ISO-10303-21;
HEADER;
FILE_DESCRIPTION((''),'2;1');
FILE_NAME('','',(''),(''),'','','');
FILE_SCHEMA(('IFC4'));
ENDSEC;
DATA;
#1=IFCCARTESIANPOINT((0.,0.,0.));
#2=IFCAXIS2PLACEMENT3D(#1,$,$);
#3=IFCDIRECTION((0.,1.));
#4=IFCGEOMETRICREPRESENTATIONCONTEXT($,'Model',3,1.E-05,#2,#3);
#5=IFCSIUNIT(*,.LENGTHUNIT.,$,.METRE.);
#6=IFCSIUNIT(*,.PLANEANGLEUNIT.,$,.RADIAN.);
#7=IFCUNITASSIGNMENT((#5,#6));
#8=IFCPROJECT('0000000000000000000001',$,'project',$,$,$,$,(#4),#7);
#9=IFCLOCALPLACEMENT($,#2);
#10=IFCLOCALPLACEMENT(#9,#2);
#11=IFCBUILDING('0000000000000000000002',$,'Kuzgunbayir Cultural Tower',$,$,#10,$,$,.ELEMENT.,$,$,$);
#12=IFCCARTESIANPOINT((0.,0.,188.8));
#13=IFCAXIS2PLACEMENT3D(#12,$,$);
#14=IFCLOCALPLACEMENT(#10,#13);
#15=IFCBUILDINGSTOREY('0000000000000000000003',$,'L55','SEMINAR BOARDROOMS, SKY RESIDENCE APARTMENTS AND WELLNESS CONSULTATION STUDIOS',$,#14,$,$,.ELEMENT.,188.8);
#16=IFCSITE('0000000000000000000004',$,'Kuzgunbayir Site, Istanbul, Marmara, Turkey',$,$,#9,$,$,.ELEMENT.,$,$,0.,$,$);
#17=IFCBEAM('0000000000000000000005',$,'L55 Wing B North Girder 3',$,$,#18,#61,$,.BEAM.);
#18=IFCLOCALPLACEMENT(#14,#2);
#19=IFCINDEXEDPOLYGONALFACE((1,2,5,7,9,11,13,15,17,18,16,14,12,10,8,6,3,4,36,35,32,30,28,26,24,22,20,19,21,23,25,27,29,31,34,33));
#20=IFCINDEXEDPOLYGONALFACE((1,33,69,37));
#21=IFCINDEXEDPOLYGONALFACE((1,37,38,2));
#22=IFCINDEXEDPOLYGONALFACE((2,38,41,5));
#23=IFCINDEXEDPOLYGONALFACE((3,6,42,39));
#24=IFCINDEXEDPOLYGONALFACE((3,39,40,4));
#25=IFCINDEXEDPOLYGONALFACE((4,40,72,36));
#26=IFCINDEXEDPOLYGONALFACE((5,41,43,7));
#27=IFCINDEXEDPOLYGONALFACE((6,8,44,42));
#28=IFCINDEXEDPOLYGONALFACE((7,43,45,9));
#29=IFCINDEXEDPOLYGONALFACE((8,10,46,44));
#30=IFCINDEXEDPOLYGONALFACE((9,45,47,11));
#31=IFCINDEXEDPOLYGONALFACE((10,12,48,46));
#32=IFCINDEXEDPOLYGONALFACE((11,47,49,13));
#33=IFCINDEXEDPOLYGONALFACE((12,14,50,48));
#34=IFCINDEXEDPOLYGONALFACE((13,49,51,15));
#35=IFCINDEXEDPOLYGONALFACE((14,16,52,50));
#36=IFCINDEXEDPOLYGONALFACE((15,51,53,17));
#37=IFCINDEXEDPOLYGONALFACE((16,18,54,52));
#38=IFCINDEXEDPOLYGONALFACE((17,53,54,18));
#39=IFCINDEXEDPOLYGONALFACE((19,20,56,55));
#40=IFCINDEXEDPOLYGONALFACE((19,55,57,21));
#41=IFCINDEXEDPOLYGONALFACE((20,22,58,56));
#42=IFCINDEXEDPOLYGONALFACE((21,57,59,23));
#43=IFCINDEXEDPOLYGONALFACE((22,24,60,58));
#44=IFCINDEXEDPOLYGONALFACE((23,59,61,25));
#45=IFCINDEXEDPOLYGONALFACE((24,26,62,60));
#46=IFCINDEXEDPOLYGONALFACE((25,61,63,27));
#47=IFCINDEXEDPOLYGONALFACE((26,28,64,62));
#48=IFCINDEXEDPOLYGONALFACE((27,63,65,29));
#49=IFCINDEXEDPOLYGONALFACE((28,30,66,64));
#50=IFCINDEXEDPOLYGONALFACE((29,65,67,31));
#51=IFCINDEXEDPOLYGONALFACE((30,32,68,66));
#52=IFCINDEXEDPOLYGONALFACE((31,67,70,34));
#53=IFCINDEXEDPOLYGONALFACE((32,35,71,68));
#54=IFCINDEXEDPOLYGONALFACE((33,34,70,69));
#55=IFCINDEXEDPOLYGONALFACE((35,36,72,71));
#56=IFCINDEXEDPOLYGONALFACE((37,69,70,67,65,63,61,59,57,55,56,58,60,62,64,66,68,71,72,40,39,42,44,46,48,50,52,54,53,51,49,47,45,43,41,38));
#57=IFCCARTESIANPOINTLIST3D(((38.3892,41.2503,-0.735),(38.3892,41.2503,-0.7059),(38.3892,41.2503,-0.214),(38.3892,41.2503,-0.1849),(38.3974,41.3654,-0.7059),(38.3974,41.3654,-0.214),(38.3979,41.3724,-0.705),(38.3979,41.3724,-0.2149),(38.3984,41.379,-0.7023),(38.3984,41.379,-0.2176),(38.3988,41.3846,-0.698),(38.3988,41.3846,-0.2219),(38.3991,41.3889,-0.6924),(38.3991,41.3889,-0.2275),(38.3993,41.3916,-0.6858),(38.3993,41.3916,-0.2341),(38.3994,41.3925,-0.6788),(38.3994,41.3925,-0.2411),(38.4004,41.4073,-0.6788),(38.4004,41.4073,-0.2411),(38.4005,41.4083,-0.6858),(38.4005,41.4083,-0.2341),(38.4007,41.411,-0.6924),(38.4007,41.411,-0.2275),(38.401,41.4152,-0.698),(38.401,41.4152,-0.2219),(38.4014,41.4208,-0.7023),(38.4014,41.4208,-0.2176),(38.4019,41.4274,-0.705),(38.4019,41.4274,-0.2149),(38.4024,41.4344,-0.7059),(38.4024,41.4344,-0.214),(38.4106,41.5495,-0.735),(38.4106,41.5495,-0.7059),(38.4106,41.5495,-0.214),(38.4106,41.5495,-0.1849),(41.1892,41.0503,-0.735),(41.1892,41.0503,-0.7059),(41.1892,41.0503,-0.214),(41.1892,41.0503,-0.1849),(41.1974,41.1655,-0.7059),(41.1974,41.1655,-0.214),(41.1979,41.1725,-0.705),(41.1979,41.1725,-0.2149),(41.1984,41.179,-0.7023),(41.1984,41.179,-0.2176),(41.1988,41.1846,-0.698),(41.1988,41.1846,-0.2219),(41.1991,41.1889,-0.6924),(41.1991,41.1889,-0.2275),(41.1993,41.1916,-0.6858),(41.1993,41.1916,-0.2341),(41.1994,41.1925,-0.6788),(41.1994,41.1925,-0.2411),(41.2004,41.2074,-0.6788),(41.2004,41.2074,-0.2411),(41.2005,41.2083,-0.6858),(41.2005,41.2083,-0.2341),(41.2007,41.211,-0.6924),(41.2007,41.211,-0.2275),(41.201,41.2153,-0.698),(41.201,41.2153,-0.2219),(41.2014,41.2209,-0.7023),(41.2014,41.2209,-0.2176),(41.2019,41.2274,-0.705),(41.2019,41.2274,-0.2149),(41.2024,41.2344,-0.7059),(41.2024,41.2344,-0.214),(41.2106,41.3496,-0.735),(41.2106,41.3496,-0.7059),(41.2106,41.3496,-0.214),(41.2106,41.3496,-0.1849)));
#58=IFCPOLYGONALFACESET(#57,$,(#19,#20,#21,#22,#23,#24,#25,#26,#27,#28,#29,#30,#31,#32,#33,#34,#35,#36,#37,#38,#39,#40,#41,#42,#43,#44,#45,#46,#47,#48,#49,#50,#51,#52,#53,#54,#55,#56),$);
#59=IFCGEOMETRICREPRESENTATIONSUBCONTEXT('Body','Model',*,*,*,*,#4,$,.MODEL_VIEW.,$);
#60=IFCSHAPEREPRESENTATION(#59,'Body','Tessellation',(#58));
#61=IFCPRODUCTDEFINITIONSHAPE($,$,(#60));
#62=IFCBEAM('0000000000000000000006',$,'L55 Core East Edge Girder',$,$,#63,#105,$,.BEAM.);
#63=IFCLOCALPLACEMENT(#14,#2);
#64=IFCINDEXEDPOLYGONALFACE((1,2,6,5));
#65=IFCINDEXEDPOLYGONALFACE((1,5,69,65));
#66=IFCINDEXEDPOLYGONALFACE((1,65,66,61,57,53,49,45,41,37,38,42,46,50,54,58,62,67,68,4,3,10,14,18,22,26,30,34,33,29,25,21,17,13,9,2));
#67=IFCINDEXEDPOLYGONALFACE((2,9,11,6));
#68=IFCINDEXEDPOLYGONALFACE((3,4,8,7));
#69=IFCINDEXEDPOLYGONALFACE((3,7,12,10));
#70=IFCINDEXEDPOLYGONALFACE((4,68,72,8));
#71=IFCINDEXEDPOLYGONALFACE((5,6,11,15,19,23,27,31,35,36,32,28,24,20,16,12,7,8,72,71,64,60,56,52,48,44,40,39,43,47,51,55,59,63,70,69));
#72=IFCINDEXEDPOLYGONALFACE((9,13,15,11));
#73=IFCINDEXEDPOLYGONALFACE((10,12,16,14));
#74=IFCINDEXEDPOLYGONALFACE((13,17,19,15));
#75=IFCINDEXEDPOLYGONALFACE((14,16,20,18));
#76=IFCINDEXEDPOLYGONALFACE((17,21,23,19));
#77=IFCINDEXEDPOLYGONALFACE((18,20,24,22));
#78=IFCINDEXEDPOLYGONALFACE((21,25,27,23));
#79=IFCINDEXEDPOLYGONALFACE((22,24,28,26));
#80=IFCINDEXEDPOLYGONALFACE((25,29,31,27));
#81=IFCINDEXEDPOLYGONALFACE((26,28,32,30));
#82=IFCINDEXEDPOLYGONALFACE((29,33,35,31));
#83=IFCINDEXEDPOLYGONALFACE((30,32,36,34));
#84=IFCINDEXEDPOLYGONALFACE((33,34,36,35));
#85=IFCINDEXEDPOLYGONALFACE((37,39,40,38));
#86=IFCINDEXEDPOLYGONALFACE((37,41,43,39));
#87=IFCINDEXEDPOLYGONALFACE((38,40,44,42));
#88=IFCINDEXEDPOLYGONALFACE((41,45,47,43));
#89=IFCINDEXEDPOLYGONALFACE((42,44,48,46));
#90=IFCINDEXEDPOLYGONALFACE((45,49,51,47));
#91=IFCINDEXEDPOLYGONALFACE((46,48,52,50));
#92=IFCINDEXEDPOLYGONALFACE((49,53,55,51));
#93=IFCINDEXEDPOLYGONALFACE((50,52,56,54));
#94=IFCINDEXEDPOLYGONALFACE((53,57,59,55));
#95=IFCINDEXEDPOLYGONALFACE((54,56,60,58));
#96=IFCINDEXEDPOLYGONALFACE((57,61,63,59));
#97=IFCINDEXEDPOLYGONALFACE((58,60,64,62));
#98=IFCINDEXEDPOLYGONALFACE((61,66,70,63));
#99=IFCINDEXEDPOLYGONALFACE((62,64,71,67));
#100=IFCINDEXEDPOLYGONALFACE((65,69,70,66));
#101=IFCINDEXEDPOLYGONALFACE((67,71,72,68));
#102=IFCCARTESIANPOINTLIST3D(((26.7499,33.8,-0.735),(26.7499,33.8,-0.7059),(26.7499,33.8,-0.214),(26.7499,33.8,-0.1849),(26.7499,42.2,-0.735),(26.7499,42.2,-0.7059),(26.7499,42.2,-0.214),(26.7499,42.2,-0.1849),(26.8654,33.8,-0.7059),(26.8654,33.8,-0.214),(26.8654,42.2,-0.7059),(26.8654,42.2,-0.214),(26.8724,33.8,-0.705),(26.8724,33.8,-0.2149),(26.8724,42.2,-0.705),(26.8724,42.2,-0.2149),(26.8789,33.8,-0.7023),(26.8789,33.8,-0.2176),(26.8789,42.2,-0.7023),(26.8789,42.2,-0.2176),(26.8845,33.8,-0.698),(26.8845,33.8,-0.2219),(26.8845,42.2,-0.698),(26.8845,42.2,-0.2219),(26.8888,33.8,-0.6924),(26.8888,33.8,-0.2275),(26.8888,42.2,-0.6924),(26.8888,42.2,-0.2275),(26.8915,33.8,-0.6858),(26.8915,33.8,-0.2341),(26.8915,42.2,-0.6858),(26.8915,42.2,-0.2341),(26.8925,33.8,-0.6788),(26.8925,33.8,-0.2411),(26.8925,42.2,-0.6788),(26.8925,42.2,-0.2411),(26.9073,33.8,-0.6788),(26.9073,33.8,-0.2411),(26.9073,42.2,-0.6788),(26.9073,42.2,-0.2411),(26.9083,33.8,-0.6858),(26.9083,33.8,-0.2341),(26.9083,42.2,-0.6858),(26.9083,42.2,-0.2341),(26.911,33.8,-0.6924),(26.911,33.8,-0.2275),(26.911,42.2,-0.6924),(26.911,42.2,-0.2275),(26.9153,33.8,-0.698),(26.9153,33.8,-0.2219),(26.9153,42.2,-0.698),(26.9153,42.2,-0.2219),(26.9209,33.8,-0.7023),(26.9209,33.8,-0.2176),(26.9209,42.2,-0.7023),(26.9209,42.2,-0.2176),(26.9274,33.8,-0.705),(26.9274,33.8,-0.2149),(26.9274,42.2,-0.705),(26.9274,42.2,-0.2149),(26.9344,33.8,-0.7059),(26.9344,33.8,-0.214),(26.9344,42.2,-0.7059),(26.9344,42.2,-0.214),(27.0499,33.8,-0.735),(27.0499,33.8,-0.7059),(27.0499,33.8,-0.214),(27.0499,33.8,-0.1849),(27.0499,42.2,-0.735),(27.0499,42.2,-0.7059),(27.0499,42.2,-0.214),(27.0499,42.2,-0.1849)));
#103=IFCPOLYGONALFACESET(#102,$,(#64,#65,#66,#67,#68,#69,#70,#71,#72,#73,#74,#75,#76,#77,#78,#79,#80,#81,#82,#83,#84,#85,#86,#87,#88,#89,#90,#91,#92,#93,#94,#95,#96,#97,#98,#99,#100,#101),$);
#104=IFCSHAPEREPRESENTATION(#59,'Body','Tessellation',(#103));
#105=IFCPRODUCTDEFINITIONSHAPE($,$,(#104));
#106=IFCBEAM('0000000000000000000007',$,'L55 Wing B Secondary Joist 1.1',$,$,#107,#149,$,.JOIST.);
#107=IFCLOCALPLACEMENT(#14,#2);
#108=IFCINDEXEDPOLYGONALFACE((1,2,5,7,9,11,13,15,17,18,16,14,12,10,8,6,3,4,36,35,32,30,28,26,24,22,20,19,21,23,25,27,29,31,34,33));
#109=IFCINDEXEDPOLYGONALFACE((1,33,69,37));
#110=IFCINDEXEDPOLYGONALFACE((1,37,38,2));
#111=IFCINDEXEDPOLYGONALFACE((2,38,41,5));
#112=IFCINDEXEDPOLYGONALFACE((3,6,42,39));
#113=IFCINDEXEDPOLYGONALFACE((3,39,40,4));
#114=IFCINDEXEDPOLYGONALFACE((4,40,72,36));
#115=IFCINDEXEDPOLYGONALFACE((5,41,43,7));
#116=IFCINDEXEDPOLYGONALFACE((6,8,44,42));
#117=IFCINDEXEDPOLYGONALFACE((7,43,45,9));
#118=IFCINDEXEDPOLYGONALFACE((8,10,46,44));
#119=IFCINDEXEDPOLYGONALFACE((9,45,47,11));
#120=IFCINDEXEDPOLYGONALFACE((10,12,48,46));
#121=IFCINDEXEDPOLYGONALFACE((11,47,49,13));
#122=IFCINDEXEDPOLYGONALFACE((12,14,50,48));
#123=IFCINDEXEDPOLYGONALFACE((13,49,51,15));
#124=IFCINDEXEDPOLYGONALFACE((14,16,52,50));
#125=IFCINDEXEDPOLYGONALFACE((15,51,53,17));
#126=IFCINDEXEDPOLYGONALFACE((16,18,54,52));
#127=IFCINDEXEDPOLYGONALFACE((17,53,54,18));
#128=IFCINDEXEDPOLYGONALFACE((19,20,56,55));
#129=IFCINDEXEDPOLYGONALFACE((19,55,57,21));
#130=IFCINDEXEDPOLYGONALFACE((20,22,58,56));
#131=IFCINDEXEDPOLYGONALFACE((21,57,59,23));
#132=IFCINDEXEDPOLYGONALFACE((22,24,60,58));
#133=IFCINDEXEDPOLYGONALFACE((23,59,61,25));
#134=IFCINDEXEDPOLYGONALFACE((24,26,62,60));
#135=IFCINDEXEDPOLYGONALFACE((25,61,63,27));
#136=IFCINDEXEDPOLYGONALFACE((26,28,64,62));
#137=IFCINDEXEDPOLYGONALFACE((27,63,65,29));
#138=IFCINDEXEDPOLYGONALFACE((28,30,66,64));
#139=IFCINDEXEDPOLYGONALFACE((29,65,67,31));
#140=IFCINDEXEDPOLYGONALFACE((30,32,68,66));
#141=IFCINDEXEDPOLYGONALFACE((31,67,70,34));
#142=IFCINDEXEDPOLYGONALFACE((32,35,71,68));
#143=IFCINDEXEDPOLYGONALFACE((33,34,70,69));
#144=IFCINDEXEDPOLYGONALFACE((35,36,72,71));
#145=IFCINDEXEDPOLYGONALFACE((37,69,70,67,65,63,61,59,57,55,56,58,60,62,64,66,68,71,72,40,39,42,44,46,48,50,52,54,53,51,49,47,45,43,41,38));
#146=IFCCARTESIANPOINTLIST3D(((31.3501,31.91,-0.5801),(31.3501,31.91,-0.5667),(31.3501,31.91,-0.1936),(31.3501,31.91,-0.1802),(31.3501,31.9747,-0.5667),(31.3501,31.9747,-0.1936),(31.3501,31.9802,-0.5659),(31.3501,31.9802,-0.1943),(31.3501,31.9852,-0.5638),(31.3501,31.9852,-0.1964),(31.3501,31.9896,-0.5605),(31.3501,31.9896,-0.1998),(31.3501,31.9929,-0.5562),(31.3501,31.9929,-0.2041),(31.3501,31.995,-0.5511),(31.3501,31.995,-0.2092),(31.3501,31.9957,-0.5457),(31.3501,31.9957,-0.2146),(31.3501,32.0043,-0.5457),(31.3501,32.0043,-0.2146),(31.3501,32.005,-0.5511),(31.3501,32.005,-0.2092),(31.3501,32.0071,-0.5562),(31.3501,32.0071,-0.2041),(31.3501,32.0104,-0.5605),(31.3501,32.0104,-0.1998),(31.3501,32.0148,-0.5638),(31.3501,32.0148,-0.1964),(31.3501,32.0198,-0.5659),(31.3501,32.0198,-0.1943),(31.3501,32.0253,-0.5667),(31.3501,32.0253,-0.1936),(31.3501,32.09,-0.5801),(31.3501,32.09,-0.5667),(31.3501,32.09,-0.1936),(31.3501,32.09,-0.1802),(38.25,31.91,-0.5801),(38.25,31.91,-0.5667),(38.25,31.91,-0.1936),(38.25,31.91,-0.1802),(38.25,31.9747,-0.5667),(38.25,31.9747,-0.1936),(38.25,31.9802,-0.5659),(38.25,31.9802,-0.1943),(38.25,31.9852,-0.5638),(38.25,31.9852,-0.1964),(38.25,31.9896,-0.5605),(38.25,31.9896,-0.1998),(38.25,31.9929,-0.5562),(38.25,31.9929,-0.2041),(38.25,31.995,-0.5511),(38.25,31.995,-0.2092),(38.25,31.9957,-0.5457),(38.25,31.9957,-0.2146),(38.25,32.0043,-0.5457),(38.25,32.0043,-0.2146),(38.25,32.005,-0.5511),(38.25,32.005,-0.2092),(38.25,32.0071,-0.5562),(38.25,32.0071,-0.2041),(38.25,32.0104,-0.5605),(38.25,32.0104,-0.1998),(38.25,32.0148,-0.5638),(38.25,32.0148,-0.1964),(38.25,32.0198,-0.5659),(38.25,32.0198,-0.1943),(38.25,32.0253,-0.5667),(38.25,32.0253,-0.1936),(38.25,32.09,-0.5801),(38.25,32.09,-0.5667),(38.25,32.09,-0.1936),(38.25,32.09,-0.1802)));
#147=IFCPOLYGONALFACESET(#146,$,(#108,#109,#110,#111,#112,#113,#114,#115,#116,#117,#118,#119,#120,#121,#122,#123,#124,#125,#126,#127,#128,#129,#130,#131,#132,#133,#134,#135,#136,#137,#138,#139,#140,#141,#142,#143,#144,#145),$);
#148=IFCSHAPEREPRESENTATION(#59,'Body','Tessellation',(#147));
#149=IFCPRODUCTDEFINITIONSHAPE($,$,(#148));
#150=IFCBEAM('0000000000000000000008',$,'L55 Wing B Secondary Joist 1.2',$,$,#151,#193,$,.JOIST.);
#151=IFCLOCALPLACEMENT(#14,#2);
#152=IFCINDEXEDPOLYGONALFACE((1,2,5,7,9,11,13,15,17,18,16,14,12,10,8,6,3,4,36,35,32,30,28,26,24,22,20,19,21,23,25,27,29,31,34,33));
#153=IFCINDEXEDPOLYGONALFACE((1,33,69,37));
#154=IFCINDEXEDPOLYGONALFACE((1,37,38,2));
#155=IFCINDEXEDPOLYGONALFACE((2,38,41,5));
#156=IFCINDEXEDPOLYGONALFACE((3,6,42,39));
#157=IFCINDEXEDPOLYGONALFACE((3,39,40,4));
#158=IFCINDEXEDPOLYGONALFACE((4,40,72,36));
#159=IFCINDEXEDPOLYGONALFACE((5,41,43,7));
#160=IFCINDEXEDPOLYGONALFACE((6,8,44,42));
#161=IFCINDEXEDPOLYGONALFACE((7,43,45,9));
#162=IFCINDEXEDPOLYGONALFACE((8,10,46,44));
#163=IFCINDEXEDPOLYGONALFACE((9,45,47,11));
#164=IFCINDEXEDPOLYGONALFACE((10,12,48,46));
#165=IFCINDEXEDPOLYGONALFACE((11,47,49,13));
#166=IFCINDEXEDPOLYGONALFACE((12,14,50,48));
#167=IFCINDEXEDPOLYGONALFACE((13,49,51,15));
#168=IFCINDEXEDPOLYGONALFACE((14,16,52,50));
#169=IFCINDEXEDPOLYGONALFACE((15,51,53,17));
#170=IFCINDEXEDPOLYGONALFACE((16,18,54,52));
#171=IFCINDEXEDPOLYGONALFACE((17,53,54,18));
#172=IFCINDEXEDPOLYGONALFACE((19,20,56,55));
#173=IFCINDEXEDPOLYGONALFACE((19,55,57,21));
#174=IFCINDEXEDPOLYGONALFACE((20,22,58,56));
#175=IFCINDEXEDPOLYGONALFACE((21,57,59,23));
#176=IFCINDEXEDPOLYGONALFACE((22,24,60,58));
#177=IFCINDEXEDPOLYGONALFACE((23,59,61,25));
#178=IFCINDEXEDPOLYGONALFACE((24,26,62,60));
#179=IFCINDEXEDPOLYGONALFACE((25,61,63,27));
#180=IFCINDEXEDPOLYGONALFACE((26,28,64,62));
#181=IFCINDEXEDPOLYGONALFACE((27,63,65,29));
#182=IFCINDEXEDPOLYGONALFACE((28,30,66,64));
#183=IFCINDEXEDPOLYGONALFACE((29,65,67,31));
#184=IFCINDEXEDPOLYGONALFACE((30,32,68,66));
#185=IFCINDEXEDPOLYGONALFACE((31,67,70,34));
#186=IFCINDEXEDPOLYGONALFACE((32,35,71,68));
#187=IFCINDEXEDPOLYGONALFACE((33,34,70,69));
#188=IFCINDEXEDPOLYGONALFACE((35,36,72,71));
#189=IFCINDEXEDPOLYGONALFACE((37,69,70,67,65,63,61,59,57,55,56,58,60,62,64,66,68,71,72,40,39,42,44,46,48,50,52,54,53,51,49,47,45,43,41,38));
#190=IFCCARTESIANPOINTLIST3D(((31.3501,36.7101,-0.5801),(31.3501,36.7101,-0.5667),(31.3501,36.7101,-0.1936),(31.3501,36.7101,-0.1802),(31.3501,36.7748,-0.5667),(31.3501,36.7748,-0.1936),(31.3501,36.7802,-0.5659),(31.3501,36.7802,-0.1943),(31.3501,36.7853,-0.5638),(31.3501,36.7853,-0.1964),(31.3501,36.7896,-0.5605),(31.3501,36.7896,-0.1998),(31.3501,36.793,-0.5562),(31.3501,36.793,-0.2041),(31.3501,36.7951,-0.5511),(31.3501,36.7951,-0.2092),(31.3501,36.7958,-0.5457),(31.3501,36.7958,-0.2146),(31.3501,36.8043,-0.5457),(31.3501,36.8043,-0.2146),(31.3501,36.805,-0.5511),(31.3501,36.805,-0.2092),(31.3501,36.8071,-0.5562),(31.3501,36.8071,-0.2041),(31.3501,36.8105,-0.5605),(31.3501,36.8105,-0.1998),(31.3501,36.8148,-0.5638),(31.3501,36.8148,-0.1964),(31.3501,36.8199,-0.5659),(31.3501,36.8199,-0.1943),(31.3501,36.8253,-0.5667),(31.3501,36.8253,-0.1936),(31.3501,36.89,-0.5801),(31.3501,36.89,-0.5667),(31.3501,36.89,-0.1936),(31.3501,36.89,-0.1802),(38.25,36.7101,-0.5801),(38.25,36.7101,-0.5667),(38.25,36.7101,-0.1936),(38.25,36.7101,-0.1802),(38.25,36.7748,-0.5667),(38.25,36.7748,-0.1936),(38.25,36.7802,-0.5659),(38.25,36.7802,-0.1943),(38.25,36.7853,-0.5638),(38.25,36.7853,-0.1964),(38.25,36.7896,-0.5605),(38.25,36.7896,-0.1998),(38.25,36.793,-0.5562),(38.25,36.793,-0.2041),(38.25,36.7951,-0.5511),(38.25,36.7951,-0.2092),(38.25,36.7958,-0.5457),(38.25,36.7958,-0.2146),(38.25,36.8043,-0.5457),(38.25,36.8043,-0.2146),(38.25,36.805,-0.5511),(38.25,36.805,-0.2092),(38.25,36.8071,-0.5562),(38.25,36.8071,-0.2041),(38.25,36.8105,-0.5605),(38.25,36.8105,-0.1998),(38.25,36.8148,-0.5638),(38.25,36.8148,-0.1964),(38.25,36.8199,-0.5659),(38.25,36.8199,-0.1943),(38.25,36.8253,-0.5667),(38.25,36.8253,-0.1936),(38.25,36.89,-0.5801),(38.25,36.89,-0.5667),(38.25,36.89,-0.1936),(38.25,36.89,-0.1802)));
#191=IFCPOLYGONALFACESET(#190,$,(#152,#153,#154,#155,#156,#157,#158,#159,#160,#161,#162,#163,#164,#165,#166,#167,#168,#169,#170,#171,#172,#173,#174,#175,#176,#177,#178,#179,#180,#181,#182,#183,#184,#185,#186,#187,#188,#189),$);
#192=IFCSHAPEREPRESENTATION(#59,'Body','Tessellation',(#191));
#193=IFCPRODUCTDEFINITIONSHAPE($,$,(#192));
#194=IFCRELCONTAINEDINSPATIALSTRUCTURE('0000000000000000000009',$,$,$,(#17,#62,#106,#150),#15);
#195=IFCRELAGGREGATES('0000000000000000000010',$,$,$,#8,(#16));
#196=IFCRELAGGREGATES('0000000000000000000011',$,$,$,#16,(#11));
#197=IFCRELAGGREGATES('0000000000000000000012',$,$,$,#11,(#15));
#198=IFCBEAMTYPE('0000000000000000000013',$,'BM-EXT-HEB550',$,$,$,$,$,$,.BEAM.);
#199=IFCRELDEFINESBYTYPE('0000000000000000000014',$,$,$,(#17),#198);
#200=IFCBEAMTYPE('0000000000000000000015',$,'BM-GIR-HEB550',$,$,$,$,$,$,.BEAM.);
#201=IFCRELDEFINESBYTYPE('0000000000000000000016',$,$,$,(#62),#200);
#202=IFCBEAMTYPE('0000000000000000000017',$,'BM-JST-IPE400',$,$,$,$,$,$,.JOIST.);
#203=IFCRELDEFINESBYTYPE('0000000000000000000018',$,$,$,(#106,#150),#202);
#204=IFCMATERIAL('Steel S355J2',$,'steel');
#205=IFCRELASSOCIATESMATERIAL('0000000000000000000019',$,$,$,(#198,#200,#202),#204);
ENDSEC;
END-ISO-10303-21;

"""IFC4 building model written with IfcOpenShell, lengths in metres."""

from ifc_helpers import new_model, si_unit, direction, frame, origin, origin_2d, place, context, subcontext, project, spatial, i_section, extrude, material, material_profile, profile_set, type_object, element, save


model = new_model("IFC4")

# Units and contexts
model_context = context("Model", 3, precision=1e-05, world=origin(), true_north=direction((0.0, 1.0)))
body_context = subcontext(model_context, "Body", "Model", "MODEL_VIEW")
ifc_project = project(units=[si_unit("LENGTHUNIT", "METRE"), si_unit("PLANEANGLEUNIT", "RADIAN")], contexts=[model_context])

# Site, building, storey
site_placement = place(None, origin())
site = spatial("IfcSite", under=ifc_project, at=site_placement, Name="Kuzgunbayir Site, Istanbul, Marmara, Turkey", CompositionType="ELEMENT", RefElevation=0.0)
building_placement = place(site_placement, origin())
building = spatial("IfcBuilding", under=site, at=building_placement, Name="Kuzgunbayir Cultural Tower", CompositionType="ELEMENT")
storey_placement = place(building_placement, frame((0.0, 0.0, 188.8)))
storey = spatial("IfcBuildingStorey", under=building, at=storey_placement, Name="L55", Description="SEMINAR BOARDROOMS, SKY RESIDENCE APARTMENTS AND WELLNESS CONSULTATION STUDIOS", CompositionType="ELEMENT", Elevation=188.8)

# Beams
ifc_material_1 = material(Name="Steel S355J2", Category="steel")
ifc_material_profile_1 = material_profile(ifc_material_1, i_section(OverallWidth=0.3, OverallDepth=0.55, WebThickness=0.0149, FlangeThickness=0.0291, FilletRadius=0.0271, at=origin_2d()), Name="HEB 550")
ifc_profile_set_1 = profile_set([ifc_material_profile_1], Name="Steel S355J2")
beam_type_1 = type_object("IfcBeamType", Name="BM-EXT-HEB550", PredefinedType="BEAM", material=ifc_profile_set_1)
beam_1_placement = place(storey_placement, frame((38.3999, 41.3999, -0.46), z_axis=(0.99746, -0.071229, 0.0), x_axis=(0.071229, 0.99746, 0.0)))
element("IfcBeam", 1, at=beam_1_placement, inside=storey, type_object=beam_type_1, Name="L55 Wing B North Girder 3", PredefinedType="BEAM", context=body_context, shape_type="SweptSolid", body=[
    extrude(i_section(OverallWidth=0.3, OverallDepth=0.55, WebThickness=0.0149, FlangeThickness=0.0291, FilletRadius=0.0271, at=origin_2d()), origin(), (0.0, 0.0, 1.0), 2.8071),
])
ifc_material_profile_2 = material_profile(ifc_material_1, i_section(OverallWidth=0.3, OverallDepth=0.55, WebThickness=0.0149, FlangeThickness=0.0291, FilletRadius=0.0271, at=origin_2d()), Name="HEB 550")
ifc_profile_set_2 = profile_set([ifc_material_profile_2], Name="Steel S355J2")
beam_type_2 = type_object("IfcBeamType", Name="BM-GIR-HEB550", PredefinedType="BEAM", material=ifc_profile_set_2)
beam_2_placement = place(storey_placement, frame((26.8999, 33.8, -0.46), z_axis=(0.0, 1.0, 0.0), x_axis=(-1.0, 0.0, 0.0)))
element("IfcBeam", 2, at=beam_2_placement, inside=storey, type_object=beam_type_2, Name="L55 Core East Edge Girder", PredefinedType="BEAM", context=body_context, shape_type="SweptSolid", body=[
    extrude(i_section(OverallWidth=0.3, OverallDepth=0.55, WebThickness=0.0149, FlangeThickness=0.0291, FilletRadius=0.0271, at=origin_2d()), origin(), (0.0, 0.0, 1.0), 8.3999),
])
ifc_material_profile_3 = material_profile(ifc_material_1, i_section(OverallWidth=0.1799, OverallDepth=0.3999, WebThickness=0.0085, FlangeThickness=0.0134, FilletRadius=0.021, at=origin_2d()), Name="IPE 400")
ifc_profile_set_3 = profile_set([ifc_material_profile_3], Name="Steel S355J2")
beam_type_3 = type_object("IfcBeamType", Name="BM-JST-IPE400", PredefinedType="JOIST", material=ifc_profile_set_3)
for number, where, z_axis, x_axis, name in (
    (3, (31.3501, 32.0, -0.3801), (1.0, 0.0, 0.0), (0.0, 1.0, 0.0), "L55 Wing B Secondary Joist 1.1"),
    (4, (31.3501, 36.8, -0.3801), (1.0, 0.0, 0.0), (0.0, 1.0, 0.0), "L55 Wing B Secondary Joist 1.2"),
):
    element("IfcBeam", number, at=place(storey_placement, frame(where, z_axis=z_axis, x_axis=x_axis)), inside=storey, type_object=beam_type_3, Name=name, PredefinedType="JOIST", context=body_context, shape_type="SweptSolid", body=[
        extrude(i_section(OverallWidth=0.1799, OverallDepth=0.3999, WebThickness=0.0085, FlangeThickness=0.0134, FilletRadius=0.021, at=origin_2d()), origin(), (0.0, 0.0, 1.0), 6.8999),
    ])

save(model, "model.ifc")
